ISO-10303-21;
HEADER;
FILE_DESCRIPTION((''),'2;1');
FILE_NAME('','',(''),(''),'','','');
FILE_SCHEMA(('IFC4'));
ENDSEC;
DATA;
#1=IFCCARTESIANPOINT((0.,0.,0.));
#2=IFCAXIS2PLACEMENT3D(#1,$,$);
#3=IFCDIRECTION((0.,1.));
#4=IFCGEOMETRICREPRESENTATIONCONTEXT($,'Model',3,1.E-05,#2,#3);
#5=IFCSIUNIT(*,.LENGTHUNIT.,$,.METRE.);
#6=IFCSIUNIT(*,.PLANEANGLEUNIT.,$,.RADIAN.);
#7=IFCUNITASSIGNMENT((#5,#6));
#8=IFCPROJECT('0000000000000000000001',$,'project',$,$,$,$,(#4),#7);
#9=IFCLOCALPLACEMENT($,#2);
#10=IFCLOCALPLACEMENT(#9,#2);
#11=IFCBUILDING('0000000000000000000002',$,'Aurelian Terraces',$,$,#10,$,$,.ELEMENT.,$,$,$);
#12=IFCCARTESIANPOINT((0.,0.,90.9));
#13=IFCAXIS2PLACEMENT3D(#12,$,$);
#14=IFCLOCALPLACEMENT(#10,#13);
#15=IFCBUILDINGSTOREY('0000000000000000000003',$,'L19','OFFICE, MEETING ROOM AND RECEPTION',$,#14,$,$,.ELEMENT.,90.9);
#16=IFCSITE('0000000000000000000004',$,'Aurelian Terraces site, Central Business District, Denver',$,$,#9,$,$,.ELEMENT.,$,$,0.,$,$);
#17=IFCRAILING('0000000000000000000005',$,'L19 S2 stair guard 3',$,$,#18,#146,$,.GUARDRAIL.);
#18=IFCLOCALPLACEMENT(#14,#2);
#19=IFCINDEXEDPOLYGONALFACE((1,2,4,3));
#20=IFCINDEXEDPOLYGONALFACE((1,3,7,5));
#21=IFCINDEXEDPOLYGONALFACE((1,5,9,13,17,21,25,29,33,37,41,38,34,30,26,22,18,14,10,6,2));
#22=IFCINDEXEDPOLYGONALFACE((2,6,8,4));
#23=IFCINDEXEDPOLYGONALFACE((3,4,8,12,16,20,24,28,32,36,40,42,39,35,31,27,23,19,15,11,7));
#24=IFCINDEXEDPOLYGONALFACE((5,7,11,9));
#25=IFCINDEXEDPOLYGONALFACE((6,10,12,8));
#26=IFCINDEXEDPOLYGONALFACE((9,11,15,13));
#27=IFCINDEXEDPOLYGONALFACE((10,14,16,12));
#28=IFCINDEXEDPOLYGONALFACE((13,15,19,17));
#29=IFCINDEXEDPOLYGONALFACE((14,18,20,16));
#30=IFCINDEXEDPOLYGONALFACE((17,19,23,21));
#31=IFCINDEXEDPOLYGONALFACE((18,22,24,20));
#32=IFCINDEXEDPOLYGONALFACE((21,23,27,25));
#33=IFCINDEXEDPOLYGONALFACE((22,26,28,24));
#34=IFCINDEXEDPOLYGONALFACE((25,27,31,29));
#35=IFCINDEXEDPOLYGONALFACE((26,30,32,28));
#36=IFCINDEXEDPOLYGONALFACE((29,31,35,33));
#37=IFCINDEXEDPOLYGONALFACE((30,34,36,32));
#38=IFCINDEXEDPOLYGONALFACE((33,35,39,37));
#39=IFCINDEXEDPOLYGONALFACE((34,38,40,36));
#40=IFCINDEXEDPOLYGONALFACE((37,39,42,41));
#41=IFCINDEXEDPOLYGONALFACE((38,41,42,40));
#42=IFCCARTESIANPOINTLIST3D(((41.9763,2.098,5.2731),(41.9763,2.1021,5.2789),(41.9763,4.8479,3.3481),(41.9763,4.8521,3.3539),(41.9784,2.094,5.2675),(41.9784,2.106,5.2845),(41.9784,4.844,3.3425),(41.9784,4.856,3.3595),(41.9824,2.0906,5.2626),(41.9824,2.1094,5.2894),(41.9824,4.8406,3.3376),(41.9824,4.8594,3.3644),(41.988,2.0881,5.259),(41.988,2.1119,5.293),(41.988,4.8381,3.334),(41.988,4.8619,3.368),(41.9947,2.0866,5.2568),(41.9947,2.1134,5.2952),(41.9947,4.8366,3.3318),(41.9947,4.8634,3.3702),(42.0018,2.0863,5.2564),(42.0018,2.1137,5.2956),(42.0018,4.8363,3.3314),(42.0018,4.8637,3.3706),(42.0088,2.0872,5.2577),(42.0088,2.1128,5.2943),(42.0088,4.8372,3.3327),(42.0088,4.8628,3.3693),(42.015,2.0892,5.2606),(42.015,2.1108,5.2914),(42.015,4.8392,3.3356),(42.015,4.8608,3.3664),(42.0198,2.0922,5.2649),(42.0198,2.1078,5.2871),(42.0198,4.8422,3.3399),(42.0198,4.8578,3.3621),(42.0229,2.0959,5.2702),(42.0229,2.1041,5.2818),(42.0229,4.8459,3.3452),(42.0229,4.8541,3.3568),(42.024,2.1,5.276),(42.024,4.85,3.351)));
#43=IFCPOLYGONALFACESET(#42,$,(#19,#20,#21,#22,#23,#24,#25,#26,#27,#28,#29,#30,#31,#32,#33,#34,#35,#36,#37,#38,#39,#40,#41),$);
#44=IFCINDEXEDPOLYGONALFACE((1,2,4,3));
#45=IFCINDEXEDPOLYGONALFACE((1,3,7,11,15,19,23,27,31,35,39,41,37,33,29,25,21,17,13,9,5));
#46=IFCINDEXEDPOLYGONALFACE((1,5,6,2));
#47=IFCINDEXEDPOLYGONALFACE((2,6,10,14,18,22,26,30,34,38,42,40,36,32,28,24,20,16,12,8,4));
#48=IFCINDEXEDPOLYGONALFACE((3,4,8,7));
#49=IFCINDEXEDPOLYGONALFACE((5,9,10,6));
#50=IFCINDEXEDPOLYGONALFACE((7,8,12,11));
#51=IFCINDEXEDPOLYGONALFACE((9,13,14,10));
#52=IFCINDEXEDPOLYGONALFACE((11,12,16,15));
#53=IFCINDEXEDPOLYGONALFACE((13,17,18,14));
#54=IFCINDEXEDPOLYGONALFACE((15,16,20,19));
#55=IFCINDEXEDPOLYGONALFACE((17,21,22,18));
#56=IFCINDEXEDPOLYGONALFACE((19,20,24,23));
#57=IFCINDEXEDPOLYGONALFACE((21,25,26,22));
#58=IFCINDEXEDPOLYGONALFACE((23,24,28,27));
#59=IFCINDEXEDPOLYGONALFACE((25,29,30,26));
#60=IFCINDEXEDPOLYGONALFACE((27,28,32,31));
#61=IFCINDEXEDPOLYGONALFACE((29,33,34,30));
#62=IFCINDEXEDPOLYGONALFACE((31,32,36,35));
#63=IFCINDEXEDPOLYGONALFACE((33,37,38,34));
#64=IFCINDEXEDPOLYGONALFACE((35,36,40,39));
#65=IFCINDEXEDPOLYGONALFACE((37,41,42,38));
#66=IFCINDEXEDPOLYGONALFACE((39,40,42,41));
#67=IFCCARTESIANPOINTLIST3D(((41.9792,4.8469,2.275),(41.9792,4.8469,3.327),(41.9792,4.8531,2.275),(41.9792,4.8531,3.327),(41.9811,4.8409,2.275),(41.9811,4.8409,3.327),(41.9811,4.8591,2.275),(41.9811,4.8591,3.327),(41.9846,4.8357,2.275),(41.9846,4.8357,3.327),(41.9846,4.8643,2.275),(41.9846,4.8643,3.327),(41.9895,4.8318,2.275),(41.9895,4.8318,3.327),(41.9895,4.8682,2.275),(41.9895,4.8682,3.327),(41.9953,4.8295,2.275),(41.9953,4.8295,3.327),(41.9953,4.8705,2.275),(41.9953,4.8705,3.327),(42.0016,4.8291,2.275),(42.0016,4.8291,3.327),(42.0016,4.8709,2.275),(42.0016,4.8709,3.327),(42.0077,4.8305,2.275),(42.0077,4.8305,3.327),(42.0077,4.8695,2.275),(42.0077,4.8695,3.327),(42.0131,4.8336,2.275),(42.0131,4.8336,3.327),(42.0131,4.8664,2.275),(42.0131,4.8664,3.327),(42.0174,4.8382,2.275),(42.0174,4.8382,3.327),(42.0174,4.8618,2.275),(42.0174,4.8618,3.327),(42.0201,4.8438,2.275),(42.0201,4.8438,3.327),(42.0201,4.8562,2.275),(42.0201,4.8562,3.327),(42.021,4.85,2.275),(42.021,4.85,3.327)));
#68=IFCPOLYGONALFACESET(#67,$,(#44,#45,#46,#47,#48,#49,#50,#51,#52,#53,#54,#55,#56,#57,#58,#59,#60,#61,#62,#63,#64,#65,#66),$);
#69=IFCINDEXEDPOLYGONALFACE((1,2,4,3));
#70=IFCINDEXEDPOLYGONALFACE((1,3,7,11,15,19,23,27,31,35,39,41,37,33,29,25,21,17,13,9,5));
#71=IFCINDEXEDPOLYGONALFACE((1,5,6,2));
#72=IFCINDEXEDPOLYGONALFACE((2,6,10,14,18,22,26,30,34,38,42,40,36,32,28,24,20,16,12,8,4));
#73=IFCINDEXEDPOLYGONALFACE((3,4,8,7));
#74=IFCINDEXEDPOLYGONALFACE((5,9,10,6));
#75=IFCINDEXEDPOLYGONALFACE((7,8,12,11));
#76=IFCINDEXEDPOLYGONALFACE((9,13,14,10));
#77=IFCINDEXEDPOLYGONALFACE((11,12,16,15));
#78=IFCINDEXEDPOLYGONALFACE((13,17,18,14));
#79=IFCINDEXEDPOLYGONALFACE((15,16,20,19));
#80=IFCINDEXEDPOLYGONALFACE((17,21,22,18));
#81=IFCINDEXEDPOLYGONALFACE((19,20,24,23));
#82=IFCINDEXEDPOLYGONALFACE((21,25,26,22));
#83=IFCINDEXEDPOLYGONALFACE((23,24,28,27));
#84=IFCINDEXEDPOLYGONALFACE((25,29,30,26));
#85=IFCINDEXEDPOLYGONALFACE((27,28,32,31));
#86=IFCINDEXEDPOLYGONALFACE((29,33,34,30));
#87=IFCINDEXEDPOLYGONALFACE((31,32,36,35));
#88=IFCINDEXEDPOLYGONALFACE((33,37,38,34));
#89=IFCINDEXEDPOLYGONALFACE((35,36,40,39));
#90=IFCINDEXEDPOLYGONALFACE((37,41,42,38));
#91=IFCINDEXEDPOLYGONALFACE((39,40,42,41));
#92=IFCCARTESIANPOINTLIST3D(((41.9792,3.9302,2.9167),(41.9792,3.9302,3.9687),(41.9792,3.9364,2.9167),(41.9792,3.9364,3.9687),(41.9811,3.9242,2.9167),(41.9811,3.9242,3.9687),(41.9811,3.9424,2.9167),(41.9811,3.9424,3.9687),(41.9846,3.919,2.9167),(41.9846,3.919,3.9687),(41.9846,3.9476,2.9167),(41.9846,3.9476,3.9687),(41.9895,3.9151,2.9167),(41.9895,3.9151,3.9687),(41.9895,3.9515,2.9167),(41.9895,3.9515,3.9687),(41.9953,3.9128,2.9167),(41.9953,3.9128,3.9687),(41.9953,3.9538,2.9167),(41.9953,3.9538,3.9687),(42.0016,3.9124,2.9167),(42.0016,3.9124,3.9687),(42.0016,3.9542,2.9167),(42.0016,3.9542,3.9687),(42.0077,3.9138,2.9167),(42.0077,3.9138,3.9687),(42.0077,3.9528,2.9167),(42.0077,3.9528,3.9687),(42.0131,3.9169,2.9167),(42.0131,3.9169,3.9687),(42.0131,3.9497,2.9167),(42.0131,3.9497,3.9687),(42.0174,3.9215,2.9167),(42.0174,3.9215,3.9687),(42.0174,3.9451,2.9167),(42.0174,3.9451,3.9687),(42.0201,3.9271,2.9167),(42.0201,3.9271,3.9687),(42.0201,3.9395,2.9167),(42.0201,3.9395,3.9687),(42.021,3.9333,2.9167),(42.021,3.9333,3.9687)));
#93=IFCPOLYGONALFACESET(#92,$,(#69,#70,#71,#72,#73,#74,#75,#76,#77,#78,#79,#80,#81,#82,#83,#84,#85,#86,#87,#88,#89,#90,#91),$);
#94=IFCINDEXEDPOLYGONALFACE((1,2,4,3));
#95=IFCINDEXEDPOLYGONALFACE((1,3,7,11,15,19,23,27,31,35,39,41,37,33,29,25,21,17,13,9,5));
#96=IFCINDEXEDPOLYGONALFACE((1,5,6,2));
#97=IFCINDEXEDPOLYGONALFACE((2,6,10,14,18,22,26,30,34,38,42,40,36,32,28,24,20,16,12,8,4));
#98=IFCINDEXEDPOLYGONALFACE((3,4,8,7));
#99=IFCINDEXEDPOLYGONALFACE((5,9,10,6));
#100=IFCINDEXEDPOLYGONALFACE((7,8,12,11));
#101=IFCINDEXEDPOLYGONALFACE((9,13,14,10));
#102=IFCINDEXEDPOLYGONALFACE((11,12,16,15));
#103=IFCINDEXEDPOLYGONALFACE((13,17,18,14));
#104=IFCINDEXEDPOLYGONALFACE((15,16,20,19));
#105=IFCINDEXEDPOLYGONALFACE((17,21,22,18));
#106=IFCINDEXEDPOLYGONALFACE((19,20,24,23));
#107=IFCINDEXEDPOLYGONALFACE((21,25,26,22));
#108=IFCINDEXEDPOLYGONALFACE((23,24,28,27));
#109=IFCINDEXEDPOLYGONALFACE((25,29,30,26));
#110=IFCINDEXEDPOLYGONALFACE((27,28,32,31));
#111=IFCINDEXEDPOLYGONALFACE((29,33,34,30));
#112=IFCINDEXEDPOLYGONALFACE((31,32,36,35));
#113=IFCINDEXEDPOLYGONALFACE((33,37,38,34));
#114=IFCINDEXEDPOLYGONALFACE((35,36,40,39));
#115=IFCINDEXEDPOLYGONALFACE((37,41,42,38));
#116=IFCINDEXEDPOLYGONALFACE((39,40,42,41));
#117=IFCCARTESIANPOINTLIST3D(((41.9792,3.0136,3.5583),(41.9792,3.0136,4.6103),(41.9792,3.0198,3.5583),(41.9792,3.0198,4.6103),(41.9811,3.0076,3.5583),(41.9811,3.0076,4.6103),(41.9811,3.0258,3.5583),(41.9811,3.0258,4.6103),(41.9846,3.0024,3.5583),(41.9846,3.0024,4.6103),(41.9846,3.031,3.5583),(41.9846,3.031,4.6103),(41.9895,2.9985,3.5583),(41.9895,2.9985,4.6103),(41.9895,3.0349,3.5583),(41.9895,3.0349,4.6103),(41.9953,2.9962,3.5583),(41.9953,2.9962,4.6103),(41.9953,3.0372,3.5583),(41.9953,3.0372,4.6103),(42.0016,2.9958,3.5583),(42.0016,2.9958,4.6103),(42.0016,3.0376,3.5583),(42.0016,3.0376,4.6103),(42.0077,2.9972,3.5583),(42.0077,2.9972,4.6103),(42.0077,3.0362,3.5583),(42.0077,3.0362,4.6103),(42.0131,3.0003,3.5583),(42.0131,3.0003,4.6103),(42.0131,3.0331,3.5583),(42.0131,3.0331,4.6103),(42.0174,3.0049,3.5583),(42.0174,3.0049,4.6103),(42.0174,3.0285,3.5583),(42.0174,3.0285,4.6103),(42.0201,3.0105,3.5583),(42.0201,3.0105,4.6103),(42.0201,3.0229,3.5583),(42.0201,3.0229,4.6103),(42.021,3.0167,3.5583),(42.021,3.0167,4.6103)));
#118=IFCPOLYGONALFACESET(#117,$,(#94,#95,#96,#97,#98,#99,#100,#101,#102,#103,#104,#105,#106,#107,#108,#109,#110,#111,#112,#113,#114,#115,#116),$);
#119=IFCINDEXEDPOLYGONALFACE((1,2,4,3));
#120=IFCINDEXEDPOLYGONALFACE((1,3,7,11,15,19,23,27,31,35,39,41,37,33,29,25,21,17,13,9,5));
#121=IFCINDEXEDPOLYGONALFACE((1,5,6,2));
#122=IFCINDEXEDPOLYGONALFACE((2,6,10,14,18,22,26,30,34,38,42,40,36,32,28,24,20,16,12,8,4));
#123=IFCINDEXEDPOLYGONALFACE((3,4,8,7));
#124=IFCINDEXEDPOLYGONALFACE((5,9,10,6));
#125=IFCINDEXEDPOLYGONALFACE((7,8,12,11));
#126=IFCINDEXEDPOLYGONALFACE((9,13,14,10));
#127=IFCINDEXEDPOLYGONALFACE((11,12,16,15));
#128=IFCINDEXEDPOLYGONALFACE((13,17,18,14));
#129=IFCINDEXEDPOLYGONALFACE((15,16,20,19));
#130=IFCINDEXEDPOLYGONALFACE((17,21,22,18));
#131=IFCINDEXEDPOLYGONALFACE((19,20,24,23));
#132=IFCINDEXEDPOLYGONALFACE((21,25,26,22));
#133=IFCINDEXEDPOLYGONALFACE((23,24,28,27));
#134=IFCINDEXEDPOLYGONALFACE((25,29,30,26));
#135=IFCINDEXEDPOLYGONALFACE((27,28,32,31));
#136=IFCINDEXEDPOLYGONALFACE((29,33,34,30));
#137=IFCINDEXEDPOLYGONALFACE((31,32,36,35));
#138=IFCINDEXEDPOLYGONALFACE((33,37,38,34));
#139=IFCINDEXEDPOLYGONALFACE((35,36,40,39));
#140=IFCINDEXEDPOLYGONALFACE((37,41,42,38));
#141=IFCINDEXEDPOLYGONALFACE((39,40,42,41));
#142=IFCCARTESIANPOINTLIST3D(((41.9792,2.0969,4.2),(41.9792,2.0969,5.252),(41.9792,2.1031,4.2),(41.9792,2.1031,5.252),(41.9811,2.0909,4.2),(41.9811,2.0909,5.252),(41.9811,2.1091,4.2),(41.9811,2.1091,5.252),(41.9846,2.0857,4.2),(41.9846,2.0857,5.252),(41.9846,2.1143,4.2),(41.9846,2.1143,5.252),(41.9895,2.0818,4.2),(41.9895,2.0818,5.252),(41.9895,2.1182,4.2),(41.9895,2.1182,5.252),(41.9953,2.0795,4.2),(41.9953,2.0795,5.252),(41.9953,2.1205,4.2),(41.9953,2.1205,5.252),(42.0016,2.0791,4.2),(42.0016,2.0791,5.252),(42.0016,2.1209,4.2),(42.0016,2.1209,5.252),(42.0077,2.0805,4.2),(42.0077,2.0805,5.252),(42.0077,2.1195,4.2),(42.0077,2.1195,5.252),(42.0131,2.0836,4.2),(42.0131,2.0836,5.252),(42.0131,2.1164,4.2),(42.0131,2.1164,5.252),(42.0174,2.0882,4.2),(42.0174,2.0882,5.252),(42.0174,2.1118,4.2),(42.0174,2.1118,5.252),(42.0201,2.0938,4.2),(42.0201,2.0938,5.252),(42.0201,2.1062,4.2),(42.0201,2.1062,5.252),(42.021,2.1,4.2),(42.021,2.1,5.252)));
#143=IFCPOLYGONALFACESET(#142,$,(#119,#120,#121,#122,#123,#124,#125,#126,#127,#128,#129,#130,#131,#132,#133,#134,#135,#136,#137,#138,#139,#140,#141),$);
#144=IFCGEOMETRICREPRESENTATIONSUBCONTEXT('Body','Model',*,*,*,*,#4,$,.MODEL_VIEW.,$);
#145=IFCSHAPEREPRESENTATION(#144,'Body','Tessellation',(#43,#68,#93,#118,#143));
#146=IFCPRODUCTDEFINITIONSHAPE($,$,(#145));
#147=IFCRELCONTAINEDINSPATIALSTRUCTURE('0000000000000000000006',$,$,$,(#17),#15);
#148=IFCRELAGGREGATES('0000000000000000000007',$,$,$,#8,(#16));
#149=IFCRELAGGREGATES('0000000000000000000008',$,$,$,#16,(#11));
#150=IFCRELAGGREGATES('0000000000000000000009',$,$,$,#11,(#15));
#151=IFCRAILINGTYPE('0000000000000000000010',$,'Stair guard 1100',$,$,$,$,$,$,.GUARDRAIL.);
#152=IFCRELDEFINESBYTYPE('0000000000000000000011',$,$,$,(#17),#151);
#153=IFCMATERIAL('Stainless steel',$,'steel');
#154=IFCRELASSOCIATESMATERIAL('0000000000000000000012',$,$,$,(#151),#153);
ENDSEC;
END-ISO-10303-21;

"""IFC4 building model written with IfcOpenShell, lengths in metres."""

from ifc_helpers import new_model, si_unit, direction, frame, origin, origin_2d, place, context, subcontext, project, spatial, circle, extrude, source, transform, mapped, material, type_object, element, save


model = new_model("IFC4")

# Units and contexts
model_context = context("Model", 3, precision=1e-05, world=origin(), true_north=direction((0.0, 1.0)))
body_context = subcontext(model_context, "Body", "Model", "MODEL_VIEW")
ifc_project = project(units=[si_unit("LENGTHUNIT", "METRE"), si_unit("PLANEANGLEUNIT", "RADIAN")], contexts=[model_context])

# Site, building, storey
site_placement = place(None, origin())
site = spatial("IfcSite", under=ifc_project, at=site_placement, Name="Aurelian Terraces site, Central Business District, Denver", CompositionType="ELEMENT", RefElevation=0.0)
building_placement = place(site_placement, origin())
building = spatial("IfcBuilding", under=site, at=building_placement, Name="Aurelian Terraces", CompositionType="ELEMENT")
storey_placement = place(building_placement, frame((0.0, 0.0, 90.9)))
storey = spatial("IfcBuildingStorey", under=building, at=storey_placement, Name="L19", Description="OFFICE, MEETING ROOM AND RECEPTION", CompositionType="ELEMENT", Elevation=90.9)

# Railing
ifc_material_1 = material(Name="Stainless steel", Category="steel")
railing_type_1 = type_object("IfcRailingType", Name="Stair guard 1100", PredefinedType="GUARDRAIL", material=ifc_material_1)
shared_shape_1 = source(origin(), body_context, "Body", "SweptSolid", [
    extrude(circle(Radius=0.024, at=origin_2d()), frame((0.0, 0.0, 1.076), z_axis=(0.0, -0.819232, 0.573462), x_axis=(1.0, 0.0, 0.0)), (0.0, 0.0, 1.0), 3.3568),
    extrude(circle(Radius=0.021, at=origin_2d()), origin(), (0.0, 0.0, 1.0), 1.052),
    extrude(circle(Radius=0.021, at=origin_2d()), frame((0.0, -0.9167, 0.6417)), (0.0, 0.0, 1.0), 1.052),
    extrude(circle(Radius=0.021, at=origin_2d()), frame((0.0, -1.8333, 1.2833)), (0.0, 0.0, 1.0), 1.052),
    extrude(circle(Radius=0.021, at=origin_2d()), frame((0.0, -2.75, 1.925)), (0.0, 0.0, 1.0), 1.052),
])
railing_1_placement = place(storey_placement, frame((42.0, 4.85, 2.275)))
element("IfcRailing", 1, at=railing_1_placement, inside=storey, type_object=railing_type_1, Name="L19 S2 stair guard 3", PredefinedType="GUARDRAIL", context=body_context, shape_type="MappedRepresentation", body=[
    mapped(shared_shape_1, transform((0.0, 0.0, 0.0), scale=1.0)),
])

save(model, "model.ifc")
